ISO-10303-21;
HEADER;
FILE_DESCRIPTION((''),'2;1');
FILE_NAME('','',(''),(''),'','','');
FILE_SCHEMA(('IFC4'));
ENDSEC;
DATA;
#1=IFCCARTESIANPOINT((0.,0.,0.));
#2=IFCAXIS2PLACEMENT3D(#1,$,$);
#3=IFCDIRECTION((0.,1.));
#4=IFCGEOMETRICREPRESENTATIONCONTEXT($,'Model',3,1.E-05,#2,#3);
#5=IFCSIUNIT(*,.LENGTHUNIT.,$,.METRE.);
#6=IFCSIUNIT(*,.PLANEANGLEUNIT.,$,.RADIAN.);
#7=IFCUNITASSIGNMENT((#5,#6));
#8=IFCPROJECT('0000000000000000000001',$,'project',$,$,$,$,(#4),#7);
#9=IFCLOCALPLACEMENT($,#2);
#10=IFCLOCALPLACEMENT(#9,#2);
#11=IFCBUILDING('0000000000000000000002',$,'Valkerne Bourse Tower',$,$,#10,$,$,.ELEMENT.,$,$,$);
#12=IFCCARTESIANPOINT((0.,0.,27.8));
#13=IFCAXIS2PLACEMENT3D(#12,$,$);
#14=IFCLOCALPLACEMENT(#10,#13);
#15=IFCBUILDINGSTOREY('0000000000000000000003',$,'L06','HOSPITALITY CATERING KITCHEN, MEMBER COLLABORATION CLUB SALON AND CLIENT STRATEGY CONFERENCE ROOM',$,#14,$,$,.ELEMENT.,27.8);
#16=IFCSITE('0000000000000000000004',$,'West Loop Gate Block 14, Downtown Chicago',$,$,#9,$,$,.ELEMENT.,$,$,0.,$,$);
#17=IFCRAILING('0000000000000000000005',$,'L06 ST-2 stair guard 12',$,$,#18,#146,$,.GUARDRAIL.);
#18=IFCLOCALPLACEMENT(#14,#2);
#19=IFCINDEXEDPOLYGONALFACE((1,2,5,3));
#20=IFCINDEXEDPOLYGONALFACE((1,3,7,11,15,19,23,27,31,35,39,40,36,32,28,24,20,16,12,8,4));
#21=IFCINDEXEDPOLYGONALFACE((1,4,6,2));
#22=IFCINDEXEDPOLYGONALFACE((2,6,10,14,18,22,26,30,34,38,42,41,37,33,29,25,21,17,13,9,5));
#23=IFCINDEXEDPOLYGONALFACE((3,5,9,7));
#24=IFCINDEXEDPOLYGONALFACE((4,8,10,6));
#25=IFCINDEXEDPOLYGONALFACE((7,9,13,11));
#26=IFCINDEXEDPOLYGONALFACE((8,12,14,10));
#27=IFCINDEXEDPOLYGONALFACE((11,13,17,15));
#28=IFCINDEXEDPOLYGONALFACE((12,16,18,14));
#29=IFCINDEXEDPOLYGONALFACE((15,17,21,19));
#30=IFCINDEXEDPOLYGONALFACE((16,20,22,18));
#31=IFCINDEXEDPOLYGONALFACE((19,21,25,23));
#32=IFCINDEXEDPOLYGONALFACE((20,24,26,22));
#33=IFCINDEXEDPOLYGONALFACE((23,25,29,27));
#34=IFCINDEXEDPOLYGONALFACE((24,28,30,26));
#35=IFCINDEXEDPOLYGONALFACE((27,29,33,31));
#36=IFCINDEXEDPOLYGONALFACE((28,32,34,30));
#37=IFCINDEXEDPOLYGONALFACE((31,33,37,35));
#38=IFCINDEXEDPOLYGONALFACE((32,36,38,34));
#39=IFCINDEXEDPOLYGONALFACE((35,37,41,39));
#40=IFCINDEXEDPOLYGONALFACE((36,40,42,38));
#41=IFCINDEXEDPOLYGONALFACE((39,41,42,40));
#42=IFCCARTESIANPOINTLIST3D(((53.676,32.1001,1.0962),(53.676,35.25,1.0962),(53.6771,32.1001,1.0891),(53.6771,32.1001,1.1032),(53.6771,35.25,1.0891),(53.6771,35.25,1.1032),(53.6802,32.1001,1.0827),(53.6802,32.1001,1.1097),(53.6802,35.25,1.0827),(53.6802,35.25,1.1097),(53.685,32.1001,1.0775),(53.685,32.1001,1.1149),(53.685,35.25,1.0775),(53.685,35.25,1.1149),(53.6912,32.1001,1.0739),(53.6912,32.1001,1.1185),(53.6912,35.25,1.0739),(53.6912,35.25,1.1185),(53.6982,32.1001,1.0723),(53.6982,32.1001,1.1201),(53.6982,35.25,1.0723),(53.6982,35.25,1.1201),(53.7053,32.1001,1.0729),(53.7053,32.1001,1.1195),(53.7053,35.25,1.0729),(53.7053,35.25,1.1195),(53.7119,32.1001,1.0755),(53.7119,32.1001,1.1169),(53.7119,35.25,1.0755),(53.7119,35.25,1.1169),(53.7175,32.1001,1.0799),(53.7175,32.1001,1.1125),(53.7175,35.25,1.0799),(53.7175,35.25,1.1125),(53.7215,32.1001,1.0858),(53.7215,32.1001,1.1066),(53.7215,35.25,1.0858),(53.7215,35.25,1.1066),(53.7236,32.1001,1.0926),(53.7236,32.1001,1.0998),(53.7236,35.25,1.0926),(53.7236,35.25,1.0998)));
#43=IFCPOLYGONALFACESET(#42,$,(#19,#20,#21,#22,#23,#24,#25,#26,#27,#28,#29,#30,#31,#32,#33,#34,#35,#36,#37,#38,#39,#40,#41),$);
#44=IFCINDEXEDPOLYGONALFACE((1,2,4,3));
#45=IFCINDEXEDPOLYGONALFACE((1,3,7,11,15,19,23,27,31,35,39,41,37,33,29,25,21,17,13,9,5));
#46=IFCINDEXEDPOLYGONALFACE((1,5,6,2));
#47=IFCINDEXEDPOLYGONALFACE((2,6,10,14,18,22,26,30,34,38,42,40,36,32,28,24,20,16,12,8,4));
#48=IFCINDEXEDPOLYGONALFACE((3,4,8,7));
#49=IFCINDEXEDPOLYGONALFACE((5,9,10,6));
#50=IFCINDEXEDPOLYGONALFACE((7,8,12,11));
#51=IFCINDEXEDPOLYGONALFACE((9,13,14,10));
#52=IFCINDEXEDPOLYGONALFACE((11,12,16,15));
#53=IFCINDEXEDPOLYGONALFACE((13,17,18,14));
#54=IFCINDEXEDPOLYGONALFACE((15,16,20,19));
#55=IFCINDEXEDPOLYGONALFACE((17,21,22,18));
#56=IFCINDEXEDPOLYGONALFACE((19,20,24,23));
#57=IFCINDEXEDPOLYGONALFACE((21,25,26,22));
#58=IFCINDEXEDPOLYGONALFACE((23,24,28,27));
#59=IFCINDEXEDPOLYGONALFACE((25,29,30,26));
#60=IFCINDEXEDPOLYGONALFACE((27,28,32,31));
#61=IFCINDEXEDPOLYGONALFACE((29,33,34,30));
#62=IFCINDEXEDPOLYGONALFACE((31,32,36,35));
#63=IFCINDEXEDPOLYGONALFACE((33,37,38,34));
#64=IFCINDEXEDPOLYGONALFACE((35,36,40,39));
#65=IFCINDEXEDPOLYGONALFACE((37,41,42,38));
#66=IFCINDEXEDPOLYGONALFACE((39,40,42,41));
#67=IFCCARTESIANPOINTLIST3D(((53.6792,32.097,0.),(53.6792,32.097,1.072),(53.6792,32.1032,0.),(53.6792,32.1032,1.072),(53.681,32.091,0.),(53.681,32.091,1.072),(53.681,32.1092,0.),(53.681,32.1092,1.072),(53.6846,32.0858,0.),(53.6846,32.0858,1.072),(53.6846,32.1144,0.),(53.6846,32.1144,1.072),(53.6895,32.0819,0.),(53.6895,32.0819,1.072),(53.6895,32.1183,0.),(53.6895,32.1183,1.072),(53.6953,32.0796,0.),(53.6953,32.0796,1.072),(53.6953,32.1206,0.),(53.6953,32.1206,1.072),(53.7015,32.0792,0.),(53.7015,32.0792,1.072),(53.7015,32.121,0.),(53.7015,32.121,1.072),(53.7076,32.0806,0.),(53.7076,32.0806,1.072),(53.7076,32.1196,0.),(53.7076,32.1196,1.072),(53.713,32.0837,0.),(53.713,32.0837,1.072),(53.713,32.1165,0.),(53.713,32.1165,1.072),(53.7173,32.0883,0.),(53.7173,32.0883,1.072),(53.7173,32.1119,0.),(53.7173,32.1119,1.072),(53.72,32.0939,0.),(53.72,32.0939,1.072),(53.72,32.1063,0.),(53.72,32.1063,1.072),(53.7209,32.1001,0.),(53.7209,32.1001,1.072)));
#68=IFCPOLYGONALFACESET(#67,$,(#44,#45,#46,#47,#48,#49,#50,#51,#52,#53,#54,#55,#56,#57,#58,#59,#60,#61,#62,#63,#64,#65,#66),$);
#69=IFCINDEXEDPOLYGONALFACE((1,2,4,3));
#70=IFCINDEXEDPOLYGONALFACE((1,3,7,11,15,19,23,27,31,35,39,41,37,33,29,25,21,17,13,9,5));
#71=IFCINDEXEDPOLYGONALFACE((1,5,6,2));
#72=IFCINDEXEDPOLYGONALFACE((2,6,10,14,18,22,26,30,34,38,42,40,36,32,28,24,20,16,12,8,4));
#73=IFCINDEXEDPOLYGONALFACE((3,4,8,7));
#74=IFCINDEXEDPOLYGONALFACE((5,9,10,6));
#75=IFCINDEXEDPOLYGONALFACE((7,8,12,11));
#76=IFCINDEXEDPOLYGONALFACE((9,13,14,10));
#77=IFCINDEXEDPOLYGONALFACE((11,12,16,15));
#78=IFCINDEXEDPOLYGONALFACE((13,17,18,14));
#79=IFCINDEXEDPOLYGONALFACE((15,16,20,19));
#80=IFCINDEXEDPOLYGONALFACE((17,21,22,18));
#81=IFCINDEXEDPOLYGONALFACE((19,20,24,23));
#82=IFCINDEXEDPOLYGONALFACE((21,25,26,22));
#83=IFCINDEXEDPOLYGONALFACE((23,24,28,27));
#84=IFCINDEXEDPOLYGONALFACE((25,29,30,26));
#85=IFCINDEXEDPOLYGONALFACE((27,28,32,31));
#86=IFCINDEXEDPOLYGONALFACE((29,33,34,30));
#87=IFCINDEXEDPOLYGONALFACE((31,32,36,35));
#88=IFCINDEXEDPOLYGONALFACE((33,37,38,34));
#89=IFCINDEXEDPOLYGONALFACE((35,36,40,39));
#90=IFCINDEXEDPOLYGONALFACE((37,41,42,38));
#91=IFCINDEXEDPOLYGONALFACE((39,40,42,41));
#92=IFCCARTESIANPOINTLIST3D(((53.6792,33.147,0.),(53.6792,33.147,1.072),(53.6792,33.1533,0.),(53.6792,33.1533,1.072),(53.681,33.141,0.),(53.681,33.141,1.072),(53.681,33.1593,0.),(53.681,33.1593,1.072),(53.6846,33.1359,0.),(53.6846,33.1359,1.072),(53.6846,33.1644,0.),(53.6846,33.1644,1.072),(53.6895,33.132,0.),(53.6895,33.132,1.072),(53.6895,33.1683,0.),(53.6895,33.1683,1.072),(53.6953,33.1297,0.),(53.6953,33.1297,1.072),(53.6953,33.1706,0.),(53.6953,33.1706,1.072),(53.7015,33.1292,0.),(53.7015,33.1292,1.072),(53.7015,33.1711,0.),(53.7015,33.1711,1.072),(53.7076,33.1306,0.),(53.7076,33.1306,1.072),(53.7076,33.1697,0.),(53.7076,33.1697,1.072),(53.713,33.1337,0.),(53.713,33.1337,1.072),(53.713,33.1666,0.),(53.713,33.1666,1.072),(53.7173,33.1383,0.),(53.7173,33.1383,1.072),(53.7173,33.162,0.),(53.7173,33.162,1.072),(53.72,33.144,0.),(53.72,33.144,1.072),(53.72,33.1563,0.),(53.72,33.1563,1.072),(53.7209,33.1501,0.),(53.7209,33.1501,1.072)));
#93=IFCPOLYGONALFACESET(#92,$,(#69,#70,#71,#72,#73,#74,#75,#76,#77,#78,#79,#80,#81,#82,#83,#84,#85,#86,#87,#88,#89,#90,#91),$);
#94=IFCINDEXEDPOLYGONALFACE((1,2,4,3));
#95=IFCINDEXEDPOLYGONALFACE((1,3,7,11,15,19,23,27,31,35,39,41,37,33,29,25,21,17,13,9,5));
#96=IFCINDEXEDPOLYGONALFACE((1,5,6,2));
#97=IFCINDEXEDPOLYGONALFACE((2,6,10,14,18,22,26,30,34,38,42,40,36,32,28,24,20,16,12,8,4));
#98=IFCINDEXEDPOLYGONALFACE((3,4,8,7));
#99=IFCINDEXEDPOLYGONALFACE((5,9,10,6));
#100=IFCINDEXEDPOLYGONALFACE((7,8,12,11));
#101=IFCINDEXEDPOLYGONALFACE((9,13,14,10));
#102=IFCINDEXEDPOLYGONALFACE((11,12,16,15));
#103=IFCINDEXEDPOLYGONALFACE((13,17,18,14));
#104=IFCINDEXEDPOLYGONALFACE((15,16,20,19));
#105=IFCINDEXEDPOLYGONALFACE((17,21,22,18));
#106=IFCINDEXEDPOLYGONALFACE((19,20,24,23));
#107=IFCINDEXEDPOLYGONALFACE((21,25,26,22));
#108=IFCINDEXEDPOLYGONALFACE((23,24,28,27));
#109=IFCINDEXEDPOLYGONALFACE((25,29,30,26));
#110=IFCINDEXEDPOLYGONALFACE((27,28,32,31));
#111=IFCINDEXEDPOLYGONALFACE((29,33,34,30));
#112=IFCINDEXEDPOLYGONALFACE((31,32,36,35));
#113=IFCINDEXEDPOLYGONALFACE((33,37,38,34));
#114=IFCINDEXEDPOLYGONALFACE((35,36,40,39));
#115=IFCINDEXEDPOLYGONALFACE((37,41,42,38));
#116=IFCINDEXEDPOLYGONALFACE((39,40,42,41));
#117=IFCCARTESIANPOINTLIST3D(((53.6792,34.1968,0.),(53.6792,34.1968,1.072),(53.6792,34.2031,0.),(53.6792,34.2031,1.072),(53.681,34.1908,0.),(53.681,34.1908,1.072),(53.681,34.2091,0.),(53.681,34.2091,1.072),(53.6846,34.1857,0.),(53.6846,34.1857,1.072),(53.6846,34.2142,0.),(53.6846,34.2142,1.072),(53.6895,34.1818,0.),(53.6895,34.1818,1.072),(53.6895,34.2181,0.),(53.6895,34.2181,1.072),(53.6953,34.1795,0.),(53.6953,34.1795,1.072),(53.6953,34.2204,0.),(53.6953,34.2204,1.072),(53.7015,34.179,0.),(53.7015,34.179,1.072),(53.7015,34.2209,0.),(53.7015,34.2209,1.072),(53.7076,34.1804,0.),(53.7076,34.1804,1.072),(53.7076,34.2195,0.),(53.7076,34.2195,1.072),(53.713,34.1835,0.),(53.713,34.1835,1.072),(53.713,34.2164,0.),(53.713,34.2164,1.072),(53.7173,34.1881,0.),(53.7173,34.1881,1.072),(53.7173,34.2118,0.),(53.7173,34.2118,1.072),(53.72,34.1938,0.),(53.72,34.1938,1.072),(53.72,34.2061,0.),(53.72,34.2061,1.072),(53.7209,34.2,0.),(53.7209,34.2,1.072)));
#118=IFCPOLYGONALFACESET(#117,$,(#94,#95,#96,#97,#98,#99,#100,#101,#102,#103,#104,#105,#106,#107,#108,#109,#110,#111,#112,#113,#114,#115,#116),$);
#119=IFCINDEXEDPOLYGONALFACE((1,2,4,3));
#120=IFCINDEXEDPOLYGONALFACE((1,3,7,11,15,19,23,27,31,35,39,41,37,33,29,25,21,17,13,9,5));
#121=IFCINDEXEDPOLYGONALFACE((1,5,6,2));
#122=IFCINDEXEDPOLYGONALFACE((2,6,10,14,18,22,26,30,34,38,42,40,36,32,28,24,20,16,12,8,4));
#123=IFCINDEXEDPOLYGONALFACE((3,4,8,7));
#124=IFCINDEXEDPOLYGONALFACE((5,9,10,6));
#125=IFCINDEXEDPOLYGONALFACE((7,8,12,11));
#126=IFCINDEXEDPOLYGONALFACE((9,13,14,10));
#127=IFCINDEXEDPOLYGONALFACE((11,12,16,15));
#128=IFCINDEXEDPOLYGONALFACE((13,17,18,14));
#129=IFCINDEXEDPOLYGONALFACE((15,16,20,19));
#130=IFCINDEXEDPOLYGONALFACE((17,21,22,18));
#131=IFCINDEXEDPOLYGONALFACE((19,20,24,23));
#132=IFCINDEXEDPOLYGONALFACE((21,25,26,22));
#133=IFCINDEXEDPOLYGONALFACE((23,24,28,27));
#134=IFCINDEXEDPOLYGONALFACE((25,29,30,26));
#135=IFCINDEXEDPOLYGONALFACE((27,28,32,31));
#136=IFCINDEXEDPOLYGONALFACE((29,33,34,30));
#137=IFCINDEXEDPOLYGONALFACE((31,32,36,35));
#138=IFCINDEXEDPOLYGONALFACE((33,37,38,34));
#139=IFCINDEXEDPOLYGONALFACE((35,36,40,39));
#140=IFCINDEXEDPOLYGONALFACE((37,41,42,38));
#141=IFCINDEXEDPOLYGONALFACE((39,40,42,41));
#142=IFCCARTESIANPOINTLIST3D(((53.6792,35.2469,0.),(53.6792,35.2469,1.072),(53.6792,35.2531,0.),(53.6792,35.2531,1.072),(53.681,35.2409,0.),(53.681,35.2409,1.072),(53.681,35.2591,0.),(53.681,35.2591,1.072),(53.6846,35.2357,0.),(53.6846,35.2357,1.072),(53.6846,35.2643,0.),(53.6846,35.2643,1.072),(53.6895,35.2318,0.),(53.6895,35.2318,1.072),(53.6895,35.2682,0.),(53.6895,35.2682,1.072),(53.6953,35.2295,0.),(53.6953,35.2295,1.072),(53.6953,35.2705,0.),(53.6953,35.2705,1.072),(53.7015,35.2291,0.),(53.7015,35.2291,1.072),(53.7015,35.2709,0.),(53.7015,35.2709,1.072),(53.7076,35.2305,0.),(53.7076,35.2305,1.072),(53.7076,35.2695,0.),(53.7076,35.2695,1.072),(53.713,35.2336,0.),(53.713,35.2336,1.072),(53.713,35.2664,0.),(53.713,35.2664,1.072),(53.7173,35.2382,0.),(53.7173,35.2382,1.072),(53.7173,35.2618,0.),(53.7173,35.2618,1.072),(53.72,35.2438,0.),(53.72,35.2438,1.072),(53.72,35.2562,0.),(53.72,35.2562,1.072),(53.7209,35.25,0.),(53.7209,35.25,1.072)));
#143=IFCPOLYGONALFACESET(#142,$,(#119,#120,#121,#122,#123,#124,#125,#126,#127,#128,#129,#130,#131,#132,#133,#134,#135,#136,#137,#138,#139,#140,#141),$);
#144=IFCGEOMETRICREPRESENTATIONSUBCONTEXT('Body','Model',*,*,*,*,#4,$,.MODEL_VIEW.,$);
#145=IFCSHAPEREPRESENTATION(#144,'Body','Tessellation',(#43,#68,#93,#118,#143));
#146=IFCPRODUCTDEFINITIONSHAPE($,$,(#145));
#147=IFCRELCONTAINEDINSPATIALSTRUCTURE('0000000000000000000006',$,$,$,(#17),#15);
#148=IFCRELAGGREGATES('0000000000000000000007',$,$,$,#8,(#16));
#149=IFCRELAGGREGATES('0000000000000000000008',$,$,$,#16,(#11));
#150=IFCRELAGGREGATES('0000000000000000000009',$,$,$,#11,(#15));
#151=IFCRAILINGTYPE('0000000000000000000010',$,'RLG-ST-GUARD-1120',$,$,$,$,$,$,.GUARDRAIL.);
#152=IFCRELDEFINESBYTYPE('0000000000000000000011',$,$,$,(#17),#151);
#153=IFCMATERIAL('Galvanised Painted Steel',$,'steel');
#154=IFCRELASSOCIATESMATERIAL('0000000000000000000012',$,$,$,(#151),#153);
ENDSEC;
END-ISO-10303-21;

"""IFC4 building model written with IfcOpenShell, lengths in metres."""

from ifc_helpers import new_model, si_unit, direction, frame, origin, origin_2d, place, context, subcontext, project, spatial, circle, extrude, material, type_object, element, save


model = new_model("IFC4")

# Units and contexts
model_context = context("Model", 3, precision=1e-05, world=origin(), true_north=direction((0.0, 1.0)))
body_context = subcontext(model_context, "Body", "Model", "MODEL_VIEW")
ifc_project = project(units=[si_unit("LENGTHUNIT", "METRE"), si_unit("PLANEANGLEUNIT", "RADIAN")], contexts=[model_context])

# Site, building, storey
site_placement = place(None, origin())
site = spatial("IfcSite", under=ifc_project, at=site_placement, Name="West Loop Gate Block 14, Downtown Chicago", CompositionType="ELEMENT", RefElevation=0.0)
building_placement = place(site_placement, origin())
building = spatial("IfcBuilding", under=site, at=building_placement, Name="Valkerne Bourse Tower", CompositionType="ELEMENT")
storey_placement = place(building_placement, frame((0.0, 0.0, 27.8)))
storey = spatial("IfcBuildingStorey", under=building, at=storey_placement, Name="L06", Description="HOSPITALITY CATERING KITCHEN, MEMBER COLLABORATION CLUB SALON AND CLIENT STRATEGY CONFERENCE ROOM", CompositionType="ELEMENT", Elevation=27.8)

# Railing
ifc_material_1 = material(Name="Galvanised Painted Steel", Category="steel")
railing_type = type_object("IfcRailingType", Name="RLG-ST-GUARD-1120", PredefinedType="GUARDRAIL", material=ifc_material_1)
railing_1_placement = place(storey_placement, frame((53.7, 32.1001, 0.0)))
element("IfcRailing", 1, at=railing_1_placement, inside=storey, type_object=railing_type, Name="L06 ST-2 stair guard 12", PredefinedType="GUARDRAIL", context=body_context, shape_type="SweptSolid", body=[
    extrude(circle(Radius=0.0239, at=origin_2d()), frame((0.0, 0.0, 1.0962), z_axis=(0.0, 1.0, 0.0), x_axis=(-1.0, 0.0, 0.0)), (0.0, 0.0, 1.0), 3.1499),
    extrude(circle(Radius=0.021, at=origin_2d()), origin(), (0.0, 0.0, 1.0), 1.072),
    extrude(circle(Radius=0.021, at=origin_2d()), frame((0.0, 1.05, 0.0)), (0.0, 0.0, 1.0), 1.072),
    extrude(circle(Radius=0.021, at=origin_2d()), frame((0.0, 2.0999, 0.0)), (0.0, 0.0, 1.0), 1.072),
    extrude(circle(Radius=0.021, at=origin_2d()), frame((0.0, 3.1499, 0.0)), (0.0, 0.0, 1.0), 1.072),
])

save(model, "model.ifc")
